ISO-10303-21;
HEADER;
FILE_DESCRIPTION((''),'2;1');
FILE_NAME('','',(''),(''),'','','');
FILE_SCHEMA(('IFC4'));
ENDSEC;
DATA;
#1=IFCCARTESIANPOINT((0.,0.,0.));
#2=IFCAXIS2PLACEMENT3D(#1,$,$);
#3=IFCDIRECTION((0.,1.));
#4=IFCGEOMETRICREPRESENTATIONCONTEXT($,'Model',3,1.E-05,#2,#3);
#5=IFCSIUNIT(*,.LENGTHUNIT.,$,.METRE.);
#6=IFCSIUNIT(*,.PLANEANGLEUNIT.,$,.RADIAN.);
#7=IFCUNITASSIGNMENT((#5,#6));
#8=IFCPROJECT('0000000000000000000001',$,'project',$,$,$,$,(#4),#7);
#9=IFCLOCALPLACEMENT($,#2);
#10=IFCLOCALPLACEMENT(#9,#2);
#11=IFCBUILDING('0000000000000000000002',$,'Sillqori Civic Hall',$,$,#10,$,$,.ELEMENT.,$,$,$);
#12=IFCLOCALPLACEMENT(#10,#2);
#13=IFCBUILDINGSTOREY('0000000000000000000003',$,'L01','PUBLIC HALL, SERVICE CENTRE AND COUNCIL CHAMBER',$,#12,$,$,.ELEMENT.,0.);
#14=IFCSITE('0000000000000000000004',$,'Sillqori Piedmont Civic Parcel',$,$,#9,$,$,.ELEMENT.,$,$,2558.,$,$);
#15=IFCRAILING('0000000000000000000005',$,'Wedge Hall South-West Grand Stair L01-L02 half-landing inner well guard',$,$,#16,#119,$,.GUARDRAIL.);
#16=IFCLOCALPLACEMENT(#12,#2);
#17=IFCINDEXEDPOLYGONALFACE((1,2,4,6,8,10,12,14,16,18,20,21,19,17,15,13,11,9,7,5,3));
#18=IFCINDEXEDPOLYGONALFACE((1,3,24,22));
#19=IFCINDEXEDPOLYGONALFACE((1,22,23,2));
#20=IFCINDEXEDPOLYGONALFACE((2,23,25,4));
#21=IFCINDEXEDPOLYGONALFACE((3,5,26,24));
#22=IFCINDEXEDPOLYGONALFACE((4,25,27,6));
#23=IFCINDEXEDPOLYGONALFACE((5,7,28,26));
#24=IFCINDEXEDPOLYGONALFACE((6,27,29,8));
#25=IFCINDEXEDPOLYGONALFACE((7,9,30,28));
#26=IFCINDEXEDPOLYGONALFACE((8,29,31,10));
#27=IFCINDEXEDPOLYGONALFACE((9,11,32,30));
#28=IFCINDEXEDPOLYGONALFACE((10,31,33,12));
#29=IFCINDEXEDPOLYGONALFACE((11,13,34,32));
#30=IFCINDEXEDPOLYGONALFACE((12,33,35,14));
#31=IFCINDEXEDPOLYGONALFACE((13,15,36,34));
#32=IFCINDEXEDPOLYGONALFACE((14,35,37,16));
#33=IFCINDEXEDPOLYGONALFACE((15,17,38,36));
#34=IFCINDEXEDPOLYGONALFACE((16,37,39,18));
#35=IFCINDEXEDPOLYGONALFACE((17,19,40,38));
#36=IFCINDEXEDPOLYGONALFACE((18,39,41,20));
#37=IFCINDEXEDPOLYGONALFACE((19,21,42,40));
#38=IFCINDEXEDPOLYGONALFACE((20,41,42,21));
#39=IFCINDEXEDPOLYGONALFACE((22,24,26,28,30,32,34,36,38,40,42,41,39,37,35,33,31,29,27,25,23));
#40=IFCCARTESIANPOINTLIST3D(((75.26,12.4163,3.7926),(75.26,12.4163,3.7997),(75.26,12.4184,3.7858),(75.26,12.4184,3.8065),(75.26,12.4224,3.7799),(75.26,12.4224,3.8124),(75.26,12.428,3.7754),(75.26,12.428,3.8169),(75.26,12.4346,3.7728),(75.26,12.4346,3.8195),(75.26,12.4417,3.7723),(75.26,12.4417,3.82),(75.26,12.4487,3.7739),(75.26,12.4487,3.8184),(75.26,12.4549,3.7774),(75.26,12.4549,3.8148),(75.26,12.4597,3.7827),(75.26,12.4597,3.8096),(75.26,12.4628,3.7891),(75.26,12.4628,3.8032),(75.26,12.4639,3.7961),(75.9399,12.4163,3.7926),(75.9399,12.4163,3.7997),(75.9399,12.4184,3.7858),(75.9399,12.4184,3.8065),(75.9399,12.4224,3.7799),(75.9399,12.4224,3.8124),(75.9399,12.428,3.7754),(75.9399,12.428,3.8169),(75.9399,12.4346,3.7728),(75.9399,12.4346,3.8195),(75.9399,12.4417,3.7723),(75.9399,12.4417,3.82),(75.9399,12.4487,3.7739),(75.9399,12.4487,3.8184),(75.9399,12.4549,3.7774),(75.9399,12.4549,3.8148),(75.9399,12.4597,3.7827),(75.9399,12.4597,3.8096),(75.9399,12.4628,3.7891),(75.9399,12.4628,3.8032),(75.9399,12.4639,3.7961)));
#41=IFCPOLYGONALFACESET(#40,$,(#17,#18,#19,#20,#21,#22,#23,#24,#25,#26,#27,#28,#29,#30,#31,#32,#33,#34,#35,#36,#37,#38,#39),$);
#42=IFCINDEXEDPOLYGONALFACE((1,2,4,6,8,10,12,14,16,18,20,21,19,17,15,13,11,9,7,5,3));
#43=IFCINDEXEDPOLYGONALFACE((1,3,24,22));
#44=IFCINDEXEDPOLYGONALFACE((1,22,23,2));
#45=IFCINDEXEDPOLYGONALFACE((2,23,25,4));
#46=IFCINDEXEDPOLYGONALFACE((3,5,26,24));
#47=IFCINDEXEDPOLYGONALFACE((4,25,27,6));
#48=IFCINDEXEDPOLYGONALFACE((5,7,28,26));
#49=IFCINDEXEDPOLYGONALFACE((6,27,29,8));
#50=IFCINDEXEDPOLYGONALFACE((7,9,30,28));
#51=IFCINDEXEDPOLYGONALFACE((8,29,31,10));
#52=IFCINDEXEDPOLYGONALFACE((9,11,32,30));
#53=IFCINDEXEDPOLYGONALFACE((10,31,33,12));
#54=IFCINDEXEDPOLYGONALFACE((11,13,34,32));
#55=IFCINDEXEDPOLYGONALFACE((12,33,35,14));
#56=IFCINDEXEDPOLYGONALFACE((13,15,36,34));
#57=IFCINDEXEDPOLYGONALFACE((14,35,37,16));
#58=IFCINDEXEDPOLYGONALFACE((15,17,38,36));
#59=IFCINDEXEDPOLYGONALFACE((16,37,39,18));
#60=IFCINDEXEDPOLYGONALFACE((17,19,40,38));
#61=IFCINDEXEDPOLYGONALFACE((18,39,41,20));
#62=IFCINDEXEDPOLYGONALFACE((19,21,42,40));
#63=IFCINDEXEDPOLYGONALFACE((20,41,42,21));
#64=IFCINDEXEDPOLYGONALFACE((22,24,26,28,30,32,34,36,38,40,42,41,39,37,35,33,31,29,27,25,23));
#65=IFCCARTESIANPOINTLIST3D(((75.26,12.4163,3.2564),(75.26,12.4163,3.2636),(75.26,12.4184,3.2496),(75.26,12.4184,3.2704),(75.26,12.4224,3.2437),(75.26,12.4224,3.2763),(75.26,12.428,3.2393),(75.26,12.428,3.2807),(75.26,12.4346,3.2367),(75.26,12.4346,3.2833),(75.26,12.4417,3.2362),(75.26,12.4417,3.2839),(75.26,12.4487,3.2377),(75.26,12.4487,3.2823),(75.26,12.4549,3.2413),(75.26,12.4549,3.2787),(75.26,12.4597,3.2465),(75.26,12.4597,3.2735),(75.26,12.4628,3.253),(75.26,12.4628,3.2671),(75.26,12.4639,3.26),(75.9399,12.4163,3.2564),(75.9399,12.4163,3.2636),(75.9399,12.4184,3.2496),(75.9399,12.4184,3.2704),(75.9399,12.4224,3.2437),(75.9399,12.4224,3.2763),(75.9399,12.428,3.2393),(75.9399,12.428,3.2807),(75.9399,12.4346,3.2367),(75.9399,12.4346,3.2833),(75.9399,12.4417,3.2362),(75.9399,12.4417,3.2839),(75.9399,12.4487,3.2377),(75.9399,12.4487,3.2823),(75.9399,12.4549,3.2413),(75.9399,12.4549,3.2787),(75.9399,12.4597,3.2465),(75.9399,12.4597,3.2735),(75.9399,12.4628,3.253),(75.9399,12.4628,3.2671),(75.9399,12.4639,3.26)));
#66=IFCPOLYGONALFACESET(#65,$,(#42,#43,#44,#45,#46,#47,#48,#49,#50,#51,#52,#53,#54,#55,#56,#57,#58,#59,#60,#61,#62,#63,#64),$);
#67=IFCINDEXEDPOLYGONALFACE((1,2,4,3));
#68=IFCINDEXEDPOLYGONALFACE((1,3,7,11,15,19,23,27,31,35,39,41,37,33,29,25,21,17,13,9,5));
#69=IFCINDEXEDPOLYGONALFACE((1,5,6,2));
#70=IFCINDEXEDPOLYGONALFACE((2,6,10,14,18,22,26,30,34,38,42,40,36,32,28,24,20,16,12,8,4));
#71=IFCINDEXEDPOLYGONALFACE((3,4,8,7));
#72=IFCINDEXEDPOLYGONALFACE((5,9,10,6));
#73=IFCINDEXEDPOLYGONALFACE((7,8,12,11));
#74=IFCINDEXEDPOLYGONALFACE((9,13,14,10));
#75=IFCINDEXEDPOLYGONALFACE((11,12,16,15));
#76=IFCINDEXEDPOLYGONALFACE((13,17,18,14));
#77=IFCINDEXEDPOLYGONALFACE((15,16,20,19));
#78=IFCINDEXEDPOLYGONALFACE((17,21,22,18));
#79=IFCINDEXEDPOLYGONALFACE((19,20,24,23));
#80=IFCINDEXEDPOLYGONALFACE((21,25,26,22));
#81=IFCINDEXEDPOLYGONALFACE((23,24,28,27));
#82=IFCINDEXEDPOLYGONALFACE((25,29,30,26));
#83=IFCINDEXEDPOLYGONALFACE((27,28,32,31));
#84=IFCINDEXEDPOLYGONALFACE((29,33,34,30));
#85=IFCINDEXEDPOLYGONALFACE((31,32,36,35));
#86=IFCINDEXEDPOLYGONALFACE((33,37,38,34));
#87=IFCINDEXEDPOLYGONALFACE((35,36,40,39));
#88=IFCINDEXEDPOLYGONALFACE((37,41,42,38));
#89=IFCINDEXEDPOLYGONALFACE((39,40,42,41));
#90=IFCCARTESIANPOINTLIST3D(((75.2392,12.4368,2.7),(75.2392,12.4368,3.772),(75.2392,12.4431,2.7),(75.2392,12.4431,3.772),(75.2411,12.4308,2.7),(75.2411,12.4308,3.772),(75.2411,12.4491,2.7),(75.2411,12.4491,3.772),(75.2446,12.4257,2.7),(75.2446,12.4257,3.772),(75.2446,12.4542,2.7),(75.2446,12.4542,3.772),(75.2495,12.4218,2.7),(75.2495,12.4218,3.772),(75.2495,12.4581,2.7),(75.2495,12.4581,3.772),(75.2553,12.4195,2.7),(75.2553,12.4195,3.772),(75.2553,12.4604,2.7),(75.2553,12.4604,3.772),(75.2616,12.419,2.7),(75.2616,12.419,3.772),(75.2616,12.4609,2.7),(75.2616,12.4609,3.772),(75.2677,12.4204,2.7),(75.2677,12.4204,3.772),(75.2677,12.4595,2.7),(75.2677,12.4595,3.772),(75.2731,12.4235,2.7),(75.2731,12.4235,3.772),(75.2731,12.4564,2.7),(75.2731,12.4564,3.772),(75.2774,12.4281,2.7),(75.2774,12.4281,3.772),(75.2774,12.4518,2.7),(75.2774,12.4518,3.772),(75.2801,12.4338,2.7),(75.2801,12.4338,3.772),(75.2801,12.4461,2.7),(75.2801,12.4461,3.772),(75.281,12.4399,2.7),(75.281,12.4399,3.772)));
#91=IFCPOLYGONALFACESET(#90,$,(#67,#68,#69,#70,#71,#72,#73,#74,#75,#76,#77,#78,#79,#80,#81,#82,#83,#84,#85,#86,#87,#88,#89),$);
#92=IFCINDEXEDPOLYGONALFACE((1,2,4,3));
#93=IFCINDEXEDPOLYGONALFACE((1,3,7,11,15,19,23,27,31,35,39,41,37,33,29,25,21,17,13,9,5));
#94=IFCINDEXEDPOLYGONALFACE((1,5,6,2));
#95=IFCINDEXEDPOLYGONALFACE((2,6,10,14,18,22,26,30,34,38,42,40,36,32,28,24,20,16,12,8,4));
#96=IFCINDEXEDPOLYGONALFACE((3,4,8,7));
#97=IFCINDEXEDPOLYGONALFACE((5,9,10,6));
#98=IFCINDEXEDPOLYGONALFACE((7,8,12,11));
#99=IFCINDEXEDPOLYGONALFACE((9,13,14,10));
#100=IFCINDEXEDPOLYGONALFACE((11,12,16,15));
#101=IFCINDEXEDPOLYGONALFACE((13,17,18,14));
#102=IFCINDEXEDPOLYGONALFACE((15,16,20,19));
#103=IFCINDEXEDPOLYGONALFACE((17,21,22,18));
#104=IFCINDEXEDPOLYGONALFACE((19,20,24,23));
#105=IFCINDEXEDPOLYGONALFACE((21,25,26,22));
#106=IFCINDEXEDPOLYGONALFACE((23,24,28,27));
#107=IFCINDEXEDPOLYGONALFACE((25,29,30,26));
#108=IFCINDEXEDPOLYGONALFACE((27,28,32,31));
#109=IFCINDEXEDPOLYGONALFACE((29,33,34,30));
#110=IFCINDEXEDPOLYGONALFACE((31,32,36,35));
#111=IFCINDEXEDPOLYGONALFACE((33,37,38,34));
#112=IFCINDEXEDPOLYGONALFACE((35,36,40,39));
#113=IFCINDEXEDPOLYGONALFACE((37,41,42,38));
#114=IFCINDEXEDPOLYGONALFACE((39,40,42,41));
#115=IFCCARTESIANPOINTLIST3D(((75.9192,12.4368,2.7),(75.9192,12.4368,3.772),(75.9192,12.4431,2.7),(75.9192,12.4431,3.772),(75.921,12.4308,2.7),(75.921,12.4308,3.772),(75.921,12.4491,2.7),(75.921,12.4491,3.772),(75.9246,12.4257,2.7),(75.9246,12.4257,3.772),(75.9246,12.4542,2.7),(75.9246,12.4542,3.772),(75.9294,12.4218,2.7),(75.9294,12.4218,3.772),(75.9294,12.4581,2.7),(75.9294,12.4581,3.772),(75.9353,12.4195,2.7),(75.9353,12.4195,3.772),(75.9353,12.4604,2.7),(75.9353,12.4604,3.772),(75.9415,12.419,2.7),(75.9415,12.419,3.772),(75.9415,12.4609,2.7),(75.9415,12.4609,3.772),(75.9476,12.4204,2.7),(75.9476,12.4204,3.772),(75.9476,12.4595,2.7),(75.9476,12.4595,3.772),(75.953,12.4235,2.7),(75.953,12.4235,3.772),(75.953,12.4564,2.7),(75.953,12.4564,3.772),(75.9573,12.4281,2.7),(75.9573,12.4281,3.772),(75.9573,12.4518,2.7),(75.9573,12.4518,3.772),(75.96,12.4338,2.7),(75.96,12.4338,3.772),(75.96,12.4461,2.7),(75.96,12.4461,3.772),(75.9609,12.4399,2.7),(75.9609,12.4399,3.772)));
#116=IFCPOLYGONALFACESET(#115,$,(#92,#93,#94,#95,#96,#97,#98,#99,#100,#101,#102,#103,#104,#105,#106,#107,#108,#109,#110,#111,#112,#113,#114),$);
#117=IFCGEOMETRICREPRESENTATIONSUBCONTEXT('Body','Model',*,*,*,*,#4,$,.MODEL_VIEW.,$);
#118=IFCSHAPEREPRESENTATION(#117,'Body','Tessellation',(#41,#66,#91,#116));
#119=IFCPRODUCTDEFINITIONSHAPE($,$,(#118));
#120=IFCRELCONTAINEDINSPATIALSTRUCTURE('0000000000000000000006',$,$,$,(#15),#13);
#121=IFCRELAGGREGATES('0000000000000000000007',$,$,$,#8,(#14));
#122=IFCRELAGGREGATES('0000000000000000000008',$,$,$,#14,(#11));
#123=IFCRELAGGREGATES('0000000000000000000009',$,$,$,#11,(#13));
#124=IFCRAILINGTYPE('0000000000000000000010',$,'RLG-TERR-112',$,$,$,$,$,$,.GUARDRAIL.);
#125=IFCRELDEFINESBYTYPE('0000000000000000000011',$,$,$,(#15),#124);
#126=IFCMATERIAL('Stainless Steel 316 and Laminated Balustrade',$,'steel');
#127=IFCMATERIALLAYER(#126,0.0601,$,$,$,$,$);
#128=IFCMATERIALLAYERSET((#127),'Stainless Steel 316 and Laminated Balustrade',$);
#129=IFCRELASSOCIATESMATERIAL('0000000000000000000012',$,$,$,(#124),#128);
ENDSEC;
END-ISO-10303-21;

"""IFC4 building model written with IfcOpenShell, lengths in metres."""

from ifc_helpers import new_model, si_unit, direction, frame, origin, origin_2d, place, context, subcontext, project, spatial, circle, extrude, material, layer, layer_set, type_object, element, save


model = new_model("IFC4")

# Units and contexts
model_context = context("Model", 3, precision=1e-05, world=origin(), true_north=direction((0.0, 1.0)))
body_context = subcontext(model_context, "Body", "Model", "MODEL_VIEW")
ifc_project = project(units=[si_unit("LENGTHUNIT", "METRE"), si_unit("PLANEANGLEUNIT", "RADIAN")], contexts=[model_context])

# Site, building, storey
site_placement = place(None, origin())
site = spatial("IfcSite", under=ifc_project, at=site_placement, Name="Sillqori Piedmont Civic Parcel", CompositionType="ELEMENT", RefElevation=2558.0)
building_placement = place(site_placement, origin())
building = spatial("IfcBuilding", under=site, at=building_placement, Name="Sillqori Civic Hall", CompositionType="ELEMENT")
storey_placement = place(building_placement, origin())
storey = spatial("IfcBuildingStorey", under=building, at=storey_placement, Name="L01", Description="PUBLIC HALL, SERVICE CENTRE AND COUNCIL CHAMBER", CompositionType="ELEMENT", Elevation=0.0)

# Railing
ifc_material_1 = material(Name="Stainless Steel 316 and Laminated Balustrade", Category="steel")
ifc_layer_1 = layer(ifc_material_1, 0.0601)
ifc_layer_set_1 = layer_set([ifc_layer_1], Name="Stainless Steel 316 and Laminated Balustrade")
railing_type_1 = type_object("IfcRailingType", Name="RLG-TERR-112", PredefinedType="GUARDRAIL", material=ifc_layer_set_1)
railing_1_placement = place(storey_placement, frame((75.26, 12.4399, 2.7)))
element("IfcRailing", 1, at=railing_1_placement, inside=storey, type_object=railing_type_1, Name="Wedge Hall South-West Grand Stair L01-L02 half-landing inner well guard", PredefinedType="GUARDRAIL", context=body_context, shape_type="SweptSolid", body=[
    extrude(circle(Radius=0.0239, at=origin_2d()), frame((0.0, 0.0, 1.0962), z_axis=(1.0, 0.0, 0.0), x_axis=(0.0, 1.0, 0.0)), (0.0, 0.0, 1.0), 0.6799),
    extrude(circle(Radius=0.0239, at=origin_2d()), frame((0.0, 0.0, 0.5601), z_axis=(1.0, 0.0, 0.0), x_axis=(0.0, 1.0, 0.0)), (0.0, 0.0, 1.0), 0.6799),
    extrude(circle(Radius=0.021, at=origin_2d()), origin(), (0.0, 0.0, 1.0), 1.072),
    extrude(circle(Radius=0.021, at=origin_2d()), frame((0.6799, 0.0, 0.0)), (0.0, 0.0, 1.0), 1.072),
])

save(model, "model.ifc")
